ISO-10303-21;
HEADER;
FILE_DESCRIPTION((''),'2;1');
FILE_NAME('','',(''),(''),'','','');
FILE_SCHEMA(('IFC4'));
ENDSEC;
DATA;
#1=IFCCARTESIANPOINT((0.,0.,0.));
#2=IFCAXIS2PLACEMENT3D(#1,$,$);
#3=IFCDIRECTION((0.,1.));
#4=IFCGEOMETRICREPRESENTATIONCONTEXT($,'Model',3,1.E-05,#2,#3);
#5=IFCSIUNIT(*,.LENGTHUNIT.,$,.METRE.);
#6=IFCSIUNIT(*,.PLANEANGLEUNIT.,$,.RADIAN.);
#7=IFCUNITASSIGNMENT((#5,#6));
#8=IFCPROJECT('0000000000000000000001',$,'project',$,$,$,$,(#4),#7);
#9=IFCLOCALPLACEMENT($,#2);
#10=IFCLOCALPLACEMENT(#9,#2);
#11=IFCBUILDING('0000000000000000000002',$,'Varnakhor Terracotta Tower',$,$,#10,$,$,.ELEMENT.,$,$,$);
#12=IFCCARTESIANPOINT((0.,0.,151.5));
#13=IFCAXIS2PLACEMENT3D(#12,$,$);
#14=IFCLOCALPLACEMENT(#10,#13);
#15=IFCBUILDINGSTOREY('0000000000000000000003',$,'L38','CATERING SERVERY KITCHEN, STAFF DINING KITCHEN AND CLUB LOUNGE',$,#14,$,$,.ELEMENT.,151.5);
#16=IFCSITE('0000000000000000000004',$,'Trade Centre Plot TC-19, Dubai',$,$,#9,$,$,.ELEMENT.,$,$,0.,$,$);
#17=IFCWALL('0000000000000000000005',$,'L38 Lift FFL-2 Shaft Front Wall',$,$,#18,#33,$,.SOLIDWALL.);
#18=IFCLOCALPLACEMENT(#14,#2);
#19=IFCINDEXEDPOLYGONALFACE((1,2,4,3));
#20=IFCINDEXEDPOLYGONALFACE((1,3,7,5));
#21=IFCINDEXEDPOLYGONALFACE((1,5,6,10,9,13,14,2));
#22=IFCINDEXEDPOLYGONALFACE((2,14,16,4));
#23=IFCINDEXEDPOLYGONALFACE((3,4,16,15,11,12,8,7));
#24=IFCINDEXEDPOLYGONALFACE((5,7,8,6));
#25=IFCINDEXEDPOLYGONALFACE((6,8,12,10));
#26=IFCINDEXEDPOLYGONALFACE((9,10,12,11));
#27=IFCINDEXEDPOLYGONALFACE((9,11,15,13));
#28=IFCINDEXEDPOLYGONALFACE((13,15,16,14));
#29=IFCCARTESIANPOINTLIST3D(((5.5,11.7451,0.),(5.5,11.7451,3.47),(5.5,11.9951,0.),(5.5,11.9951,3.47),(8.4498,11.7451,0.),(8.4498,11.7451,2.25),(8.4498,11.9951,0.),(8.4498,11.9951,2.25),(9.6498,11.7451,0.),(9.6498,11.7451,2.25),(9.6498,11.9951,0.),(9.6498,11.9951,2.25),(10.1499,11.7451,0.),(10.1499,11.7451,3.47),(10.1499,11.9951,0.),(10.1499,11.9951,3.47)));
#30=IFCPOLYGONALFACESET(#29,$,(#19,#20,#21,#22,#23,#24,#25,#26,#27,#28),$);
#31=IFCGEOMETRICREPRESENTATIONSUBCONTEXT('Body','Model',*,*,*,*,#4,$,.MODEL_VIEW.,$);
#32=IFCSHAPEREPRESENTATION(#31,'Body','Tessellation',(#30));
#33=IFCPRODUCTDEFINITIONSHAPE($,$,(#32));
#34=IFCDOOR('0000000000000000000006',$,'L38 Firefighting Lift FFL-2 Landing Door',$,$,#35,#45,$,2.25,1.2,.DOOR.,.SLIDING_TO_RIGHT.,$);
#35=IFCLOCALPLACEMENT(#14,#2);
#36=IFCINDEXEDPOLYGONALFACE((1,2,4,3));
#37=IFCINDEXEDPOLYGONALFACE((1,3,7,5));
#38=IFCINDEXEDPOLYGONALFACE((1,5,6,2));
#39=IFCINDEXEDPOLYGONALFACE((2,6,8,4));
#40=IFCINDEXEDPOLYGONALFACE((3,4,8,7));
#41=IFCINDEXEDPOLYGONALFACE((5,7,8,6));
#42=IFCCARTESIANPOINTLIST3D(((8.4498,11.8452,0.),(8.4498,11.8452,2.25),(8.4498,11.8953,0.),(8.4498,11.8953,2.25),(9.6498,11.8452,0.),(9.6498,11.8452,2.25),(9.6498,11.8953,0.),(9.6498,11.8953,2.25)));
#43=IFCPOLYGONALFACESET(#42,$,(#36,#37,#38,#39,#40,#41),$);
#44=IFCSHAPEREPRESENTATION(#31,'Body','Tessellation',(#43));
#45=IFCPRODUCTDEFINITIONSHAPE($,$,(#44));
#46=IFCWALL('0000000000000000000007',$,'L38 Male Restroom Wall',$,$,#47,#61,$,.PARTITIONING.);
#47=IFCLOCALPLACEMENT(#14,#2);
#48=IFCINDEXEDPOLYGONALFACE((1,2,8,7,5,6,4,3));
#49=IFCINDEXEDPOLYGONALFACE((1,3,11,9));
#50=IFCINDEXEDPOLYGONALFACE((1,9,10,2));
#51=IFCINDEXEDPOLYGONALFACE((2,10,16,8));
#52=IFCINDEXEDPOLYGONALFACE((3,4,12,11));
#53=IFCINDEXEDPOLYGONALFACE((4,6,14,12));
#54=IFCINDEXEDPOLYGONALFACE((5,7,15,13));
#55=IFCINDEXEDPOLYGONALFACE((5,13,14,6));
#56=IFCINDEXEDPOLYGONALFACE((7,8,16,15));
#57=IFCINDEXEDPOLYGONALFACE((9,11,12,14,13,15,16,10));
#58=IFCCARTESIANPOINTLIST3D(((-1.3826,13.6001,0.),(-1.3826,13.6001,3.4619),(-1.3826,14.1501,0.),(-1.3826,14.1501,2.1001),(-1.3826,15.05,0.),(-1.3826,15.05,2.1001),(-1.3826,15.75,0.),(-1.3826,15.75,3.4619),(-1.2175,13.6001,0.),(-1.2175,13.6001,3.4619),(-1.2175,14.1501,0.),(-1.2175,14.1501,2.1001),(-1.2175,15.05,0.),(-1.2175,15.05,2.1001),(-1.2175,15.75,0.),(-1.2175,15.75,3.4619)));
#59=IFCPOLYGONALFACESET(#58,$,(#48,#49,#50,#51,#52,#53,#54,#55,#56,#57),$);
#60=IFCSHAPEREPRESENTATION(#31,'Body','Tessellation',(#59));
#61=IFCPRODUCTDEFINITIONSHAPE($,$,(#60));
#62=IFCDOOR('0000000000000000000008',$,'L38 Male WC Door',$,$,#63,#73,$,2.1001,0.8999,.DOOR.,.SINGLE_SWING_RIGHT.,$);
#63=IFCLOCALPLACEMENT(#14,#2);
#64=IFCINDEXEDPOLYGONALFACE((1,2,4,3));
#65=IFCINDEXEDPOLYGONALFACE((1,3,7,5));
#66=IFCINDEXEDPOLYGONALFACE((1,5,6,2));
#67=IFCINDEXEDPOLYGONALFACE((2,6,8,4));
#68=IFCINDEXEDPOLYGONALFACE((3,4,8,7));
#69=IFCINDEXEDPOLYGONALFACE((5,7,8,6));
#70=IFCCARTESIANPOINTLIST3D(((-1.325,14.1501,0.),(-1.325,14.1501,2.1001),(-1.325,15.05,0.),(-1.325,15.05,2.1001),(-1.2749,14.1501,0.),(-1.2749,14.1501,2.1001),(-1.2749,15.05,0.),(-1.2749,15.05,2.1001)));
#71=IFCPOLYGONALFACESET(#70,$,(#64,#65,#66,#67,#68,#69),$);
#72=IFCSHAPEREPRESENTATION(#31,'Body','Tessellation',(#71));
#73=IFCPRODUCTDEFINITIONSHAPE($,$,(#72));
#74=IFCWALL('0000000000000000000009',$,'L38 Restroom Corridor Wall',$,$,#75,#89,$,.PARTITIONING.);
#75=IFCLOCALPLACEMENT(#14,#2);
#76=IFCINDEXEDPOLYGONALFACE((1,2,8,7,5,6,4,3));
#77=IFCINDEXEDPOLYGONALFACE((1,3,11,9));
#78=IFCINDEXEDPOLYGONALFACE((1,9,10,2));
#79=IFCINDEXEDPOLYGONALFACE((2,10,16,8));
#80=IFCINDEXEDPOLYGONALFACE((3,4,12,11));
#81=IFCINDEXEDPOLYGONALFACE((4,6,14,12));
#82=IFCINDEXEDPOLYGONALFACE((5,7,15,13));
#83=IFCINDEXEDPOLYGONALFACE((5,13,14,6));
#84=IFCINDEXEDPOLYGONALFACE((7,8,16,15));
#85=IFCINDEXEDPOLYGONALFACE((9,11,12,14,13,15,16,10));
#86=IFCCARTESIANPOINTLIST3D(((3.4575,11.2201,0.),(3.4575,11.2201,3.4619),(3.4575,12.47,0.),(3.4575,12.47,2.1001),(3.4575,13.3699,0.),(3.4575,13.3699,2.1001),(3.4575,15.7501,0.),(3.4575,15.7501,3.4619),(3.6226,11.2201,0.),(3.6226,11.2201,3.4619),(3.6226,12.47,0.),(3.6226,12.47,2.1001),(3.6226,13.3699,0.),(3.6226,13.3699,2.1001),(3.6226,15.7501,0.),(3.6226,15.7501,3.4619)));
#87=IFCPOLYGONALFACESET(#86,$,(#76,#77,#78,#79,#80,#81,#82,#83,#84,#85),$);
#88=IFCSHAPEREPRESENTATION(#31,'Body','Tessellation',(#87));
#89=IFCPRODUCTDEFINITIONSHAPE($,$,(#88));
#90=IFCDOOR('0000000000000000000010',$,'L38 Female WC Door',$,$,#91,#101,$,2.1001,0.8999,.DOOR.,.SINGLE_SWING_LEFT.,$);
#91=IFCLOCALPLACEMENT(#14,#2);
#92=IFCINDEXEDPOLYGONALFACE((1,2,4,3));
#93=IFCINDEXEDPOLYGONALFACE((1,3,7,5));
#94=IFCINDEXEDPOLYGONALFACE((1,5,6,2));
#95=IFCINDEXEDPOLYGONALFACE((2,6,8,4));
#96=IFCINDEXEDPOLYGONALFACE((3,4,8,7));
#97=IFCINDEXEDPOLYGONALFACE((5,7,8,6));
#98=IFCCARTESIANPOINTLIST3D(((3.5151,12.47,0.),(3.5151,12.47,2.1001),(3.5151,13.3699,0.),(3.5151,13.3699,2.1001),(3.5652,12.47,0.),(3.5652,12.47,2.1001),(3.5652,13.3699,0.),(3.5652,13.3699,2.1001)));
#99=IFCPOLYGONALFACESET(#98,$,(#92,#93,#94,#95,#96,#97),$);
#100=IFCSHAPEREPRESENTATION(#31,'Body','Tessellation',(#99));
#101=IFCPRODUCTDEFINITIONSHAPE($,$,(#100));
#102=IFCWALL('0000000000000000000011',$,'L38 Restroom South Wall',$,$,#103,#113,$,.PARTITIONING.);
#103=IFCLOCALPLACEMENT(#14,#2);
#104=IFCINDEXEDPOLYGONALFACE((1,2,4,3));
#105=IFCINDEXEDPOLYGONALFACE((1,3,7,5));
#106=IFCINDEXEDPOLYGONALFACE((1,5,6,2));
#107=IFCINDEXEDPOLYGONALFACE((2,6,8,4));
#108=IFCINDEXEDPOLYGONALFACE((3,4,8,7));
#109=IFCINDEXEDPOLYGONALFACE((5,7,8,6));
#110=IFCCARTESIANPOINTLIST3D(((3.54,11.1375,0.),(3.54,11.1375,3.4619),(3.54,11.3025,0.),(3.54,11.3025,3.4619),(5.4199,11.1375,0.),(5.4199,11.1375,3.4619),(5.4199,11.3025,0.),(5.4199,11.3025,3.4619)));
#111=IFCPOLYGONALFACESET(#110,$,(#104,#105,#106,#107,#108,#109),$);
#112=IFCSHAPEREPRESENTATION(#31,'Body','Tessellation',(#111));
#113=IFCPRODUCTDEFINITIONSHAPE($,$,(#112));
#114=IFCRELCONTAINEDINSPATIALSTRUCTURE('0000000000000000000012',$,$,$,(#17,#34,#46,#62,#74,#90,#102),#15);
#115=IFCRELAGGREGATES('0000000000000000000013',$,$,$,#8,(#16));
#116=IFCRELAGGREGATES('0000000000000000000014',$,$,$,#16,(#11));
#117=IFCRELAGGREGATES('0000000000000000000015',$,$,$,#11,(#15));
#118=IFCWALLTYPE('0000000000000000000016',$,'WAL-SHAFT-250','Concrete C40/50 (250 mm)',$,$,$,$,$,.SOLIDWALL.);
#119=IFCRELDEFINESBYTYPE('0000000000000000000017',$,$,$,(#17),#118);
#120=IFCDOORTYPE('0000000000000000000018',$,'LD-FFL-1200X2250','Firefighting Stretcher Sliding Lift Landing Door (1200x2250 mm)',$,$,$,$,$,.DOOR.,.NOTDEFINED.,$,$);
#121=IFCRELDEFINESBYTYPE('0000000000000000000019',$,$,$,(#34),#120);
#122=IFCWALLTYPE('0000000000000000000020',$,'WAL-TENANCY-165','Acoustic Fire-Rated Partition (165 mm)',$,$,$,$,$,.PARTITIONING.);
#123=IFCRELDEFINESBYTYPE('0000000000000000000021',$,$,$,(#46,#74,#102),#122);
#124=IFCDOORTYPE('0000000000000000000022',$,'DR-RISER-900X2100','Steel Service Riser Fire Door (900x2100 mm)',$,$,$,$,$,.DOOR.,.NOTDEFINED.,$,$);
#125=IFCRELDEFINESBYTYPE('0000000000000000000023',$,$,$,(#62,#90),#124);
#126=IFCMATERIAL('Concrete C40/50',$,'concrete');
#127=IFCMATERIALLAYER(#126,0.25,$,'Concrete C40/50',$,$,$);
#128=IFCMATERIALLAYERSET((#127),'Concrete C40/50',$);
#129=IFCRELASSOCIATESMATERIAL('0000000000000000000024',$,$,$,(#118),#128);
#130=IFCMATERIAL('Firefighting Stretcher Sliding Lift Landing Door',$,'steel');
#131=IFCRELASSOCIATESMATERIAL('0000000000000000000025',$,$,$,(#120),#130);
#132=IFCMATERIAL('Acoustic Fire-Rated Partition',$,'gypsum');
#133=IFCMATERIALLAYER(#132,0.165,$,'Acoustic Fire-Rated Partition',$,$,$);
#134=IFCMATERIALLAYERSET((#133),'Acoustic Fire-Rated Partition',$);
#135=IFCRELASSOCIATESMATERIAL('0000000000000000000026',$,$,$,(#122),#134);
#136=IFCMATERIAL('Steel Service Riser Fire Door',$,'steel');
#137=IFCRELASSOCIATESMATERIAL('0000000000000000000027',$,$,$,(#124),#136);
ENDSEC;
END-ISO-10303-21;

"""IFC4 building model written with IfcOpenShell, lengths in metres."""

from ifc_helpers import new_model, si_unit, direction, frame, frame_2d, origin, place, context, subcontext, project, spatial, rectangle, extrude, source, transform, mapped, material, layer, layer_set, type_object, type_shapes, element, fill, save


model = new_model("IFC4")

# Units and contexts
model_context = context("Model", 3, precision=1e-05, world=origin(), true_north=direction((0.0, 1.0)))
body_context = subcontext(model_context, "Body", "Model", "MODEL_VIEW")
ifc_project = project(units=[si_unit("LENGTHUNIT", "METRE"), si_unit("PLANEANGLEUNIT", "RADIAN")], contexts=[model_context])

# Site, building, storey
site_placement = place(None, origin())
site = spatial("IfcSite", under=ifc_project, at=site_placement, Name="Trade Centre Plot TC-19, Dubai", CompositionType="ELEMENT", RefElevation=0.0)
building_placement = place(site_placement, origin())
building = spatial("IfcBuilding", under=site, at=building_placement, Name="Varnakhor Terracotta Tower", CompositionType="ELEMENT")
storey_placement = place(building_placement, frame((0.0, 0.0, 151.5)))
storey = spatial("IfcBuildingStorey", under=building, at=storey_placement, Name="L38", Description="CATERING SERVERY KITCHEN, STAFF DINING KITCHEN AND CLUB LOUNGE", CompositionType="ELEMENT", Elevation=151.5)

# Shared definitions
ifc_material_1 = material(Name="Concrete C40/50", Category="concrete")

# Walls, openings, doors
ifc_layer_1 = layer(ifc_material_1, 0.25, Name="Concrete C40/50")
ifc_layer_set_1 = layer_set([ifc_layer_1], Name="Concrete C40/50")
wall_type_1 = type_object("IfcWallType", Name="WAL-SHAFT-250", Description="Concrete C40/50 (250 mm)", PredefinedType="SOLIDWALL", material=ifc_layer_set_1)
wall_1_placement = place(storey_placement, frame((10.1499, 11.8701, 0.0), z_axis=(0.0, 0.0, 1.0), x_axis=(-1.0, 0.0, 0.0)))
wall_1 = element("IfcWall", 1, at=wall_1_placement, inside=storey, type_object=wall_type_1, Name="L38 Lift FFL-2 Shaft Front Wall", PredefinedType="SOLIDWALL", context=body_context, shape_type="SweptSolid", body=[
    extrude(rectangle(XDim=4.6499, YDim=0.25, at=frame_2d((2.325, 0.0))), origin(), (0.0, 0.0, 1.0), 3.47),
])
opening_1_placement = place(wall_1_placement, frame((0.5, 0.0, 0.0)))
opening_1 = element("IfcOpeningElement", 2, at=opening_1_placement, cuts=wall_1, PredefinedType="OPENING", context=body_context, shape_type="SweptSolid", body=[
    extrude(rectangle(XDim=1.2, YDim=2.25, at=frame_2d((0.6001, 1.125))), frame((0.0, 0.135, 0.0), z_axis=(0.0, -1.0, 0.0), x_axis=(1.0, 0.0, 0.0)), (0.0, 0.0, 1.0), 0.27),
])
ifc_material_2 = material(Name="Firefighting Stretcher Sliding Lift Landing Door", Category="steel")
door_type_1 = type_object("IfcDoorType", Name="LD-FFL-1200X2250", Description="Firefighting Stretcher Sliding Lift Landing Door (1200x2250 mm)", OperationType="NOTDEFINED", PredefinedType="DOOR", material=ifc_material_2)
shared_shape_1 = source(origin(), body_context, "Body", "SweptSolid", [
    extrude(rectangle(XDim=1.2, YDim=2.25, at=frame_2d((0.6001, 1.125))), frame((0.0, 0.0249, 0.0), z_axis=(0.0, -1.0, 0.0), x_axis=(1.0, 0.0, 0.0)), (0.0, 0.0, 1.0), 0.05),
])
type_shapes(door_type_1, [shared_shape_1])
door_1_placement = place(opening_1_placement, origin())
door_1 = element("IfcDoor", 3, at=door_1_placement, inside=storey, type_object=door_type_1, Name="L38 Firefighting Lift FFL-2 Landing Door", OperationType="SLIDING_TO_RIGHT", OverallHeight=2.25, OverallWidth=1.2, PredefinedType="DOOR", context=body_context, shape_type="MappedRepresentation", body=[
    mapped(shared_shape_1, transform((0.0, 0.0, 0.0), scale=1.0)),
])
fill(opening_1, door_1)
ifc_material_3 = material(Name="Acoustic Fire-Rated Partition", Category="gypsum")
ifc_layer_2 = layer(ifc_material_3, 0.165, Name="Acoustic Fire-Rated Partition")
ifc_layer_set_2 = layer_set([ifc_layer_2], Name="Acoustic Fire-Rated Partition")
wall_type_2 = type_object("IfcWallType", Name="WAL-TENANCY-165", Description="Acoustic Fire-Rated Partition (165 mm)", PredefinedType="PARTITIONING", material=ifc_layer_set_2)
wall_2_placement = place(storey_placement, frame((-1.3, 13.6001, 0.0), z_axis=(0.0, 0.0, 1.0), x_axis=(0.0, 1.0, 0.0)))
wall_2 = element("IfcWall", 4, at=wall_2_placement, inside=storey, type_object=wall_type_2, Name="L38 Male Restroom Wall", PredefinedType="PARTITIONING", context=body_context, shape_type="SweptSolid", body=[
    extrude(rectangle(XDim=2.1499, YDim=0.165, at=frame_2d((1.075, 0.0))), origin(), (0.0, 0.0, 1.0), 3.4619),
])
opening_2_placement = place(wall_2_placement, frame((0.55, 0.0, 0.0)))
opening_2 = element("IfcOpeningElement", 5, at=opening_2_placement, cuts=wall_2, PredefinedType="OPENING", context=body_context, shape_type="SweptSolid", body=[
    extrude(rectangle(XDim=0.8999, YDim=2.1001, at=frame_2d((0.45, 1.05))), frame((0.0, 0.0925, 0.0), z_axis=(0.0, -1.0, 0.0), x_axis=(1.0, 0.0, 0.0)), (0.0, 0.0, 1.0), 0.1851),
])
ifc_material_4 = material(Name="Steel Service Riser Fire Door", Category="steel")
door_type_2 = type_object("IfcDoorType", Name="DR-RISER-900X2100", Description="Steel Service Riser Fire Door (900x2100 mm)", OperationType="NOTDEFINED", PredefinedType="DOOR", material=ifc_material_4)
shared_shape_2 = source(origin(), body_context, "Body", "SweptSolid", [
    extrude(rectangle(XDim=0.8999, YDim=2.1001, at=frame_2d((0.45, 1.05))), frame((0.0, 0.0249, 0.0), z_axis=(0.0, -1.0, 0.0), x_axis=(1.0, 0.0, 0.0)), (0.0, 0.0, 1.0), 0.05),
])
type_shapes(door_type_2, [shared_shape_2])
door_2_placement = place(opening_2_placement, origin())
door_2 = element("IfcDoor", 6, at=door_2_placement, inside=storey, type_object=door_type_2, Name="L38 Male WC Door", OperationType="SINGLE_SWING_RIGHT", OverallHeight=2.1001, OverallWidth=0.8999, PredefinedType="DOOR", context=body_context, shape_type="MappedRepresentation", body=[
    mapped(shared_shape_2, transform((0.0, 0.0, 0.0), scale=1.0)),
])
fill(opening_2, door_2)
wall_3_placement = place(storey_placement, frame((3.54, 11.22, 0.0), z_axis=(0.0, 0.0, 1.0), x_axis=(0.0, 1.0, 0.0)))
wall_3 = element("IfcWall", 7, at=wall_3_placement, inside=storey, type_object=wall_type_2, Name="L38 Restroom Corridor Wall", PredefinedType="PARTITIONING", context=body_context, shape_type="SweptSolid", body=[
    extrude(rectangle(XDim=4.53, YDim=0.165, at=frame_2d((2.2651, 0.0))), origin(), (0.0, 0.0, 1.0), 3.4619),
])
opening_3_placement = place(wall_3_placement, frame((1.25, 0.0, 0.0)))
opening_3 = element("IfcOpeningElement", 8, at=opening_3_placement, cuts=wall_3, PredefinedType="OPENING", context=body_context, shape_type="SweptSolid", body=[
    extrude(rectangle(XDim=0.8999, YDim=2.1001, at=frame_2d((0.45, 1.05))), frame((0.0, 0.0925, 0.0), z_axis=(0.0, -1.0, 0.0), x_axis=(1.0, 0.0, 0.0)), (0.0, 0.0, 1.0), 0.1851),
])
door_3_placement = place(opening_3_placement, origin())
door_3 = element("IfcDoor", 9, at=door_3_placement, inside=storey, type_object=door_type_2, Name="L38 Female WC Door", OperationType="SINGLE_SWING_LEFT", OverallHeight=2.1001, OverallWidth=0.8999, PredefinedType="DOOR", context=body_context, shape_type="MappedRepresentation", body=[
    mapped(shared_shape_2, transform((0.0, 0.0, 0.0), scale=1.0)),
])
fill(opening_3, door_3)

# Wall
wall_4_placement = place(storey_placement, frame((3.54, 11.22, 0.0), z_axis=(0.0, 0.0, 1.0), x_axis=(1.0, 0.0, 0.0)))
element("IfcWall", 10, at=wall_4_placement, inside=storey, type_object=wall_type_2, Name="L38 Restroom South Wall", PredefinedType="PARTITIONING", context=body_context, shape_type="SweptSolid", body=[
    extrude(rectangle(XDim=1.8799, YDim=0.165, at=frame_2d((0.9399, 0.0))), origin(), (0.0, 0.0, 1.0), 3.4619),
])

save(model, "model.ifc")
